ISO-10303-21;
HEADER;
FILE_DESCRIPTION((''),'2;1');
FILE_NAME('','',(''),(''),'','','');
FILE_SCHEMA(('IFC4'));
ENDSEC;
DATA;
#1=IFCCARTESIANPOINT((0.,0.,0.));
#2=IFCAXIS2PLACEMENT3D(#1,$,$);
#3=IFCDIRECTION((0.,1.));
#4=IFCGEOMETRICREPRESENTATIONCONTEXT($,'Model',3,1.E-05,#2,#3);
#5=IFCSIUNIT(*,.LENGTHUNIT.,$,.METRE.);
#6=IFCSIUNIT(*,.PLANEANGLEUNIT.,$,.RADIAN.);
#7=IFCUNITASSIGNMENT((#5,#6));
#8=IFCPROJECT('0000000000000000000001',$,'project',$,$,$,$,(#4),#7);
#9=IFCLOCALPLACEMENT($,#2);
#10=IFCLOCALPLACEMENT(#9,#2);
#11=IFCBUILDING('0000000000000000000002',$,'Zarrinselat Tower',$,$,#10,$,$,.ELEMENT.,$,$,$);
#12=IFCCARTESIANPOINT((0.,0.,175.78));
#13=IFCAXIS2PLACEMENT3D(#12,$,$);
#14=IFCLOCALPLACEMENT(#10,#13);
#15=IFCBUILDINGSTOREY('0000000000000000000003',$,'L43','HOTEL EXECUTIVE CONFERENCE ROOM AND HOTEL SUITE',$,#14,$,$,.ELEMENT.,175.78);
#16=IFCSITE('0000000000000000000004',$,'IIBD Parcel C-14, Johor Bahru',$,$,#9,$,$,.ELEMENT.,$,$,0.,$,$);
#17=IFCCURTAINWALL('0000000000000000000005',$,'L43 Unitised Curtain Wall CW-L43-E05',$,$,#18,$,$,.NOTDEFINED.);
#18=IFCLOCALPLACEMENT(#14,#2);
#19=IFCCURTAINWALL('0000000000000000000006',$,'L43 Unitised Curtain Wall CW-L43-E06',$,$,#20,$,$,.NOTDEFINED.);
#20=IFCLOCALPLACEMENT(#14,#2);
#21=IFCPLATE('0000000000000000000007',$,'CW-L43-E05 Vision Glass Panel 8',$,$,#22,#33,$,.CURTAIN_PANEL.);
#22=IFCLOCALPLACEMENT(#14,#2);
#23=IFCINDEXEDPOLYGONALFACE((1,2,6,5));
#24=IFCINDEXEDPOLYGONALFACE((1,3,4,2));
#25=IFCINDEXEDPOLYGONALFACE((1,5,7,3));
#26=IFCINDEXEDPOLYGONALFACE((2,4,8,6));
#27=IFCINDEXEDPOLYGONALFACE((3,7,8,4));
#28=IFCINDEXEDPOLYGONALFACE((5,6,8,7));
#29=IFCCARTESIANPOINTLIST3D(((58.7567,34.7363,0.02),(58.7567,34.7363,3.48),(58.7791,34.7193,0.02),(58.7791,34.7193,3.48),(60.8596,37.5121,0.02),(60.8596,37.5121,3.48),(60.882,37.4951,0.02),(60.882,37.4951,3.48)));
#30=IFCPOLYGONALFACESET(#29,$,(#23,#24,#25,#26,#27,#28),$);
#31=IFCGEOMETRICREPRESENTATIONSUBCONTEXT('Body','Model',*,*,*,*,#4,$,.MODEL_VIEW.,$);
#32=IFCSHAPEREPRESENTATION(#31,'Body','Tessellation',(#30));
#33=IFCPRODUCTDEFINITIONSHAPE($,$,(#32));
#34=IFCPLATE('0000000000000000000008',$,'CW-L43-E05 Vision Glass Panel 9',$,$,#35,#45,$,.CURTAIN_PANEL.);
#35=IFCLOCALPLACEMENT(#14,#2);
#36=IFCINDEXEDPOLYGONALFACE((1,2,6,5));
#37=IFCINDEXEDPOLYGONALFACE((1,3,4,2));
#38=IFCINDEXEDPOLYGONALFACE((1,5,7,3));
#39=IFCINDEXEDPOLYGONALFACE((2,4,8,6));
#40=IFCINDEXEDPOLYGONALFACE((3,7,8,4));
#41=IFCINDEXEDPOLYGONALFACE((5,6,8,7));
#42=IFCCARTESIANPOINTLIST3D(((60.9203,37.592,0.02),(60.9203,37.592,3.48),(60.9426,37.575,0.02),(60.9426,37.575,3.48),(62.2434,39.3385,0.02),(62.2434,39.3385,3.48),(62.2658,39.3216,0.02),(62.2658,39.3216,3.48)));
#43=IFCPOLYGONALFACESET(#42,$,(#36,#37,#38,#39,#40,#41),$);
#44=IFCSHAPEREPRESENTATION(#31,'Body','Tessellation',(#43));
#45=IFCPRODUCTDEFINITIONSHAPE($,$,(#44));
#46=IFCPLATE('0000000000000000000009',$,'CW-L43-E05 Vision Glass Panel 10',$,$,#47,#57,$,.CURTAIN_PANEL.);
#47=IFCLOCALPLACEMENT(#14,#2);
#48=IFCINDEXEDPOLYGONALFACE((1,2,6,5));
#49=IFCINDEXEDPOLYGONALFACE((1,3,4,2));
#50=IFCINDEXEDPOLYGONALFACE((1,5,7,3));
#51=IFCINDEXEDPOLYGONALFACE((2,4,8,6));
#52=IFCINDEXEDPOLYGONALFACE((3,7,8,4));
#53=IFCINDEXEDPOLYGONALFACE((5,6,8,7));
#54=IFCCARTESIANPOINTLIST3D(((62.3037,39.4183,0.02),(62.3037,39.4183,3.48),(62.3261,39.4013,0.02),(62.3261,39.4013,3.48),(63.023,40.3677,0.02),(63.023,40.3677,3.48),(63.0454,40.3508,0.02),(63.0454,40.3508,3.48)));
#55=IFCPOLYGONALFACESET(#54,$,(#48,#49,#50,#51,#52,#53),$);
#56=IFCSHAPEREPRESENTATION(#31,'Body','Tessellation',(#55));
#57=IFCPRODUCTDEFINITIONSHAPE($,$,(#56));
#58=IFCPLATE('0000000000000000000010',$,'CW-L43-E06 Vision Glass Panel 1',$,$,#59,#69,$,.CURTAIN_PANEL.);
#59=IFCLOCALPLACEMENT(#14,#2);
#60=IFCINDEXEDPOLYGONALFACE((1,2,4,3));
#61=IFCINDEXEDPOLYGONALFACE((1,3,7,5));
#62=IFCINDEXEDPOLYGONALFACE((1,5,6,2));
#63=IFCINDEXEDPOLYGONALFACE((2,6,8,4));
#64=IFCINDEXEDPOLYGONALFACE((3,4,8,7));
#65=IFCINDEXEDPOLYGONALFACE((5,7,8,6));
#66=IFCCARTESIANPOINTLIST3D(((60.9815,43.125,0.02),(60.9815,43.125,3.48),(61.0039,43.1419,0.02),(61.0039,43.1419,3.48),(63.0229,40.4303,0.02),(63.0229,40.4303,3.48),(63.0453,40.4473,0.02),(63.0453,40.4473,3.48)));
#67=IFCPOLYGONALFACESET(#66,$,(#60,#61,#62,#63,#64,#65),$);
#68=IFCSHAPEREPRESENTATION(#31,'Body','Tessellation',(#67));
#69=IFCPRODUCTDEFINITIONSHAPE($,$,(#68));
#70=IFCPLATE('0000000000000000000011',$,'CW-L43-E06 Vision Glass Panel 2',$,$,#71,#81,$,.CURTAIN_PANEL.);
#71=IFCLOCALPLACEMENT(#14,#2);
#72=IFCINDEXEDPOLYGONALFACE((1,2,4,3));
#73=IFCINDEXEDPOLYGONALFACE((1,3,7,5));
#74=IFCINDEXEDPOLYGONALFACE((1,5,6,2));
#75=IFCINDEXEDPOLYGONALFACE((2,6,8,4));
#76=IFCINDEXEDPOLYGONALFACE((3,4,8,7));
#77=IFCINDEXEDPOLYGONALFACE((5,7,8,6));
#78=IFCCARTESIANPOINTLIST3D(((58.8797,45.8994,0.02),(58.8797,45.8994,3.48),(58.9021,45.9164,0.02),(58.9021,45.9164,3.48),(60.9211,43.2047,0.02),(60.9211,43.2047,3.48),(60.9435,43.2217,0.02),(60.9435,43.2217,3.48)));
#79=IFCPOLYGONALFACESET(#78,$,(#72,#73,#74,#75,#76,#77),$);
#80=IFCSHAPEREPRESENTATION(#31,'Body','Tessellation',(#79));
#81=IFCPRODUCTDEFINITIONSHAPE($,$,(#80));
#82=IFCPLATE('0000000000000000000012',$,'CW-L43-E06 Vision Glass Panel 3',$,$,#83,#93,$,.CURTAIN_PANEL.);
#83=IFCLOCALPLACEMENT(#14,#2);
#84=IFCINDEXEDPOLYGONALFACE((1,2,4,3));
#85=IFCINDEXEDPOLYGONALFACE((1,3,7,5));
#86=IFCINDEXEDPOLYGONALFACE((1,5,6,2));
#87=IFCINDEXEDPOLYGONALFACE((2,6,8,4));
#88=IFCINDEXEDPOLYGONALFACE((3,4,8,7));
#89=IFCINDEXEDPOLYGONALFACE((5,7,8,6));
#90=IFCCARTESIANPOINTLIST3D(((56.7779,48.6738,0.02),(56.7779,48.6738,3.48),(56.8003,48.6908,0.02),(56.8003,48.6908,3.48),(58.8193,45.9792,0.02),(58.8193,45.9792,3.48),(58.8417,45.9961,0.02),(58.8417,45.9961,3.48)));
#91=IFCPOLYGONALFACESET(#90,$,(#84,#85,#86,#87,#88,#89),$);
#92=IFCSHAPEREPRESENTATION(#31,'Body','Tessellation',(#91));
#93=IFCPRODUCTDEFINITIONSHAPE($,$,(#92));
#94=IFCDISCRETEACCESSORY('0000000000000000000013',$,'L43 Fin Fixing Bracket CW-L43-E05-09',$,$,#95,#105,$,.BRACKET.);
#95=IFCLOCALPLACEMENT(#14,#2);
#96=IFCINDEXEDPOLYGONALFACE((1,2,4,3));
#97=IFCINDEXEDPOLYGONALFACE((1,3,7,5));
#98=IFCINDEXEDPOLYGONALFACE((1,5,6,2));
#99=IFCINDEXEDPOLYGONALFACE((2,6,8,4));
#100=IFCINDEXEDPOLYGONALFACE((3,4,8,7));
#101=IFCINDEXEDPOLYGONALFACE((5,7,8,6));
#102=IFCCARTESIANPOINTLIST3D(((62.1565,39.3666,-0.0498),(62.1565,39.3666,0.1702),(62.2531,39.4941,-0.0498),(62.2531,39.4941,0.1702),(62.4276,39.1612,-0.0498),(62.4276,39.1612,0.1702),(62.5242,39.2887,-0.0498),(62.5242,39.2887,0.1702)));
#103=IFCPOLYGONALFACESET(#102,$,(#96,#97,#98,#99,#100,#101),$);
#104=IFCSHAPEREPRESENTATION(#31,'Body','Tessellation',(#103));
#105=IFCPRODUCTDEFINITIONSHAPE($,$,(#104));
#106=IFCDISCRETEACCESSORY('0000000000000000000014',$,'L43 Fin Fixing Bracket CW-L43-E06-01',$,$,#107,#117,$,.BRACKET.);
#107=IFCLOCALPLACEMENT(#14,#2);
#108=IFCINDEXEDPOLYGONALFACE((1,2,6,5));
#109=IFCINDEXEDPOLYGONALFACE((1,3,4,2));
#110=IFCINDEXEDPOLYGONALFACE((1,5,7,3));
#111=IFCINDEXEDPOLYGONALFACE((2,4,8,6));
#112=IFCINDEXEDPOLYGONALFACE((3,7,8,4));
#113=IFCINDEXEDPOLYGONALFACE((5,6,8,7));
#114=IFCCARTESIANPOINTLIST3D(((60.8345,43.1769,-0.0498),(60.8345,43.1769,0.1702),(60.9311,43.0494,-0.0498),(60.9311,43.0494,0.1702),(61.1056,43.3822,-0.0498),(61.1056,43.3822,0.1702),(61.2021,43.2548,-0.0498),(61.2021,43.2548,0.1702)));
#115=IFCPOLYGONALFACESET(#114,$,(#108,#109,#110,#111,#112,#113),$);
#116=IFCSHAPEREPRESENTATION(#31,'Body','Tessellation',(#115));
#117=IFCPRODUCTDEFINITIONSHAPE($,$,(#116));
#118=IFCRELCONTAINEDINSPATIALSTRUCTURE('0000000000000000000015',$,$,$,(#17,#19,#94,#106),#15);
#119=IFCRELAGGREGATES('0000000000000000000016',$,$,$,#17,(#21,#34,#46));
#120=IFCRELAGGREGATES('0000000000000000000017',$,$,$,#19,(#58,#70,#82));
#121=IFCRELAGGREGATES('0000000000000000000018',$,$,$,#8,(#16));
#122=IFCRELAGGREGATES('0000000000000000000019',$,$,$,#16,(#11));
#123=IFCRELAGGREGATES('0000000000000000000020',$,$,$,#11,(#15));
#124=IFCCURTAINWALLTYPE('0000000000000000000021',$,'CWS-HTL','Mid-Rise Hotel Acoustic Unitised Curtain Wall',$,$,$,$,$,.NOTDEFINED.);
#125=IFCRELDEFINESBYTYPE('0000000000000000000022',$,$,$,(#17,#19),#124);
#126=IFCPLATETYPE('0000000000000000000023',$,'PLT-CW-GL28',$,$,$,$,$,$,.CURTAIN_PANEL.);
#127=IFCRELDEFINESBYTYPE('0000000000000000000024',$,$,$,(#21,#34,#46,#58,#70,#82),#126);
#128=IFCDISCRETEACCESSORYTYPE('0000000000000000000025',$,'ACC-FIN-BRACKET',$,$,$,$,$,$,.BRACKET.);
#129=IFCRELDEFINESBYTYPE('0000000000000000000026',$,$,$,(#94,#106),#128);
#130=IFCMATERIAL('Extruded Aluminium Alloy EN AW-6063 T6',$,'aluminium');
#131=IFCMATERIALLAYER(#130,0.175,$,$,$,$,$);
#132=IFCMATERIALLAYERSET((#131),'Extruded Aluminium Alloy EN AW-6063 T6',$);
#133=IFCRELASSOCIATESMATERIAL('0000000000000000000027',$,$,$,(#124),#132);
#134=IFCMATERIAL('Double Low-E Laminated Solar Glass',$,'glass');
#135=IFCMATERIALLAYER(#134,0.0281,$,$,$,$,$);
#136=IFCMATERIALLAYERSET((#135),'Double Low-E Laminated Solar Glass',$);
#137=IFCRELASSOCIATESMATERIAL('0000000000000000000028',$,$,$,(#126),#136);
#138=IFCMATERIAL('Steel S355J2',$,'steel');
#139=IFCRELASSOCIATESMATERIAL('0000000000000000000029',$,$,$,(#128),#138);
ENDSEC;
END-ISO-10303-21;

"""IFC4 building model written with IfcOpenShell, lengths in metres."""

from ifc_helpers import new_model, si_unit, direction, frame, origin, origin_2d, place, context, subcontext, project, spatial, rectangle, extrude, material, layer, layer_set, type_object, element, aggregate, save


model = new_model("IFC4")

# Units and contexts
model_context = context("Model", 3, precision=1e-05, world=origin(), true_north=direction((0.0, 1.0)))
body_context = subcontext(model_context, "Body", "Model", "MODEL_VIEW")
ifc_project = project(units=[si_unit("LENGTHUNIT", "METRE"), si_unit("PLANEANGLEUNIT", "RADIAN")], contexts=[model_context])

# Site, building, storey
site_placement = place(None, origin())
site = spatial("IfcSite", under=ifc_project, at=site_placement, Name="IIBD Parcel C-14, Johor Bahru", CompositionType="ELEMENT", RefElevation=0.0)
building_placement = place(site_placement, origin())
building = spatial("IfcBuilding", under=site, at=building_placement, Name="Zarrinselat Tower", CompositionType="ELEMENT")
storey_placement = place(building_placement, frame((0.0, 0.0, 175.78)))
storey = spatial("IfcBuildingStorey", under=building, at=storey_placement, Name="L43", Description="HOTEL EXECUTIVE CONFERENCE ROOM AND HOTEL SUITE", CompositionType="ELEMENT", Elevation=175.78)

# Shared definitions
ifc_material_1 = material(Name="Extruded Aluminium Alloy EN AW-6063 T6", Category="aluminium")
ifc_layer_1 = layer(ifc_material_1, 0.175)
ifc_layer_set_1 = layer_set([ifc_layer_1], Name="Extruded Aluminium Alloy EN AW-6063 T6")
curtain_wall_type = type_object("IfcCurtainWallType", Name="CWS-HTL", Description="Mid-Rise Hotel Acoustic Unitised Curtain Wall", PredefinedType="NOTDEFINED", material=ifc_layer_set_1)

# Curtain walls
curtain_wall_1_placement = place(storey_placement, origin())
curtain_wall_1 = element("IfcCurtainWall", 1, at=curtain_wall_1_placement, inside=storey, type_object=curtain_wall_type, Name="L43 Unitised Curtain Wall CW-L43-E05", PredefinedType="NOTDEFINED")
curtain_wall_2_placement = place(storey_placement, origin())
curtain_wall_2 = element("IfcCurtainWall", 2, at=curtain_wall_2_placement, inside=storey, type_object=curtain_wall_type, Name="L43 Unitised Curtain Wall CW-L43-E06", PredefinedType="NOTDEFINED")

# Plates
ifc_material_2 = material(Name="Double Low-E Laminated Solar Glass", Category="glass")
ifc_layer_2 = layer(ifc_material_2, 0.0281)
ifc_layer_set_2 = layer_set([ifc_layer_2], Name="Double Low-E Laminated Solar Glass")
plate_type = type_object("IfcPlateType", Name="PLT-CW-GL28", PredefinedType="CURTAIN_PANEL", material=ifc_layer_set_2)
plate_1_placement = place(storey_placement, frame((59.8193, 36.1157, 0.02), z_axis=(0.0, 0.0, 1.0), x_axis=(0.603859, 0.797091, 0.0)))
plate_1 = element("IfcPlate", 3, at=plate_1_placement, type_object=plate_type, Name="CW-L43-E05 Vision Glass Panel 8", PredefinedType="CURTAIN_PANEL", context=body_context, shape_type="SweptSolid", body=[
    extrude(rectangle(XDim=3.4824, YDim=0.0281, at=origin_2d()), origin(), (0.0, 0.0, 1.0), 3.46),
])
plate_2_placement = place(storey_placement, frame((61.593, 38.4568, 0.02), z_axis=(0.0, 0.0, 1.0), x_axis=(0.603859, 0.797091, 0.0)))
plate_2 = element("IfcPlate", 4, at=plate_2_placement, type_object=plate_type, Name="CW-L43-E05 Vision Glass Panel 9", PredefinedType="CURTAIN_PANEL", context=body_context, shape_type="SweptSolid", body=[
    extrude(rectangle(XDim=2.1912, YDim=0.0281, at=origin_2d()), origin(), (0.0, 0.0, 1.0), 3.46),
])
plate_3_placement = place(storey_placement, frame((62.6746, 39.8845, 0.02), z_axis=(0.0, 0.0, 1.0), x_axis=(0.603859, 0.797091, 0.0)))
plate_3 = element("IfcPlate", 5, at=plate_3_placement, type_object=plate_type, Name="CW-L43-E05 Vision Glass Panel 10", PredefinedType="CURTAIN_PANEL", context=body_context, shape_type="SweptSolid", body=[
    extrude(rectangle(XDim=1.1912, YDim=0.0281, at=origin_2d()), origin(), (0.0, 0.0, 1.0), 3.46),
])
aggregate(curtain_wall_1, [plate_1, plate_2, plate_3])
plate_4_placement = place(storey_placement, frame((62.0134, 41.7861, 0.02), z_axis=(0.0, 0.0, 1.0), x_axis=(-0.60386, 0.79709, 0.0)))
plate_4 = element("IfcPlate", 6, at=plate_4_placement, type_object=plate_type, Name="CW-L43-E06 Vision Glass Panel 1", PredefinedType="CURTAIN_PANEL", context=body_context, shape_type="SweptSolid", body=[
    extrude(rectangle(XDim=3.3806, YDim=0.0281, at=origin_2d()), origin(), (0.0, 0.0, 1.0), 3.46),
])
plate_5_placement = place(storey_placement, frame((59.9116, 44.5605, 0.02), z_axis=(0.0, 0.0, 1.0), x_axis=(-0.60386, 0.79709, 0.0)))
plate_5 = element("IfcPlate", 7, at=plate_5_placement, type_object=plate_type, Name="CW-L43-E06 Vision Glass Panel 2", PredefinedType="CURTAIN_PANEL", context=body_context, shape_type="SweptSolid", body=[
    extrude(rectangle(XDim=3.3806, YDim=0.0281, at=origin_2d()), origin(), (0.0, 0.0, 1.0), 3.46),
])
plate_6_placement = place(storey_placement, frame((57.8098, 47.335, 0.02), z_axis=(0.0, 0.0, 1.0), x_axis=(-0.60386, 0.79709, 0.0)))
plate_6 = element("IfcPlate", 8, at=plate_6_placement, type_object=plate_type, Name="CW-L43-E06 Vision Glass Panel 3", PredefinedType="CURTAIN_PANEL", context=body_context, shape_type="SweptSolid", body=[
    extrude(rectangle(XDim=3.3806, YDim=0.0281, at=origin_2d()), origin(), (0.0, 0.0, 1.0), 3.46),
])
aggregate(curtain_wall_2, [plate_4, plate_5, plate_6])

# Discrete accessories
ifc_material_3 = material(Name="Steel S355J2", Category="steel")
discrete_accessory_type = type_object("IfcDiscreteAccessoryType", Name="ACC-FIN-BRACKET", PredefinedType="BRACKET", material=ifc_material_3)
for number, where, z_axis, x_axis, name in (
    (9, (62.3403, 39.3276, -0.0498), (0.0, 0.0, 1.0), (0.797091, -0.603859, 0.0), "L43 Fin Fixing Bracket CW-L43-E05-09"),
    (10, (61.0183, 43.2158, -0.0498), (0.0, 0.0, 1.0), (0.79709, 0.60386, 0.0), "L43 Fin Fixing Bracket CW-L43-E06-01"),
):
    element("IfcDiscreteAccessory", number, at=place(storey_placement, frame(where, z_axis=z_axis, x_axis=x_axis)), inside=storey, type_object=discrete_accessory_type, Name=name, PredefinedType="BRACKET", context=body_context, shape_type="SweptSolid", body=[
        extrude(rectangle(XDim=0.3401, YDim=0.1599, at=origin_2d()), origin(), (0.0, 0.0, 1.0), 0.22),
    ])

save(model, "model.ifc")
